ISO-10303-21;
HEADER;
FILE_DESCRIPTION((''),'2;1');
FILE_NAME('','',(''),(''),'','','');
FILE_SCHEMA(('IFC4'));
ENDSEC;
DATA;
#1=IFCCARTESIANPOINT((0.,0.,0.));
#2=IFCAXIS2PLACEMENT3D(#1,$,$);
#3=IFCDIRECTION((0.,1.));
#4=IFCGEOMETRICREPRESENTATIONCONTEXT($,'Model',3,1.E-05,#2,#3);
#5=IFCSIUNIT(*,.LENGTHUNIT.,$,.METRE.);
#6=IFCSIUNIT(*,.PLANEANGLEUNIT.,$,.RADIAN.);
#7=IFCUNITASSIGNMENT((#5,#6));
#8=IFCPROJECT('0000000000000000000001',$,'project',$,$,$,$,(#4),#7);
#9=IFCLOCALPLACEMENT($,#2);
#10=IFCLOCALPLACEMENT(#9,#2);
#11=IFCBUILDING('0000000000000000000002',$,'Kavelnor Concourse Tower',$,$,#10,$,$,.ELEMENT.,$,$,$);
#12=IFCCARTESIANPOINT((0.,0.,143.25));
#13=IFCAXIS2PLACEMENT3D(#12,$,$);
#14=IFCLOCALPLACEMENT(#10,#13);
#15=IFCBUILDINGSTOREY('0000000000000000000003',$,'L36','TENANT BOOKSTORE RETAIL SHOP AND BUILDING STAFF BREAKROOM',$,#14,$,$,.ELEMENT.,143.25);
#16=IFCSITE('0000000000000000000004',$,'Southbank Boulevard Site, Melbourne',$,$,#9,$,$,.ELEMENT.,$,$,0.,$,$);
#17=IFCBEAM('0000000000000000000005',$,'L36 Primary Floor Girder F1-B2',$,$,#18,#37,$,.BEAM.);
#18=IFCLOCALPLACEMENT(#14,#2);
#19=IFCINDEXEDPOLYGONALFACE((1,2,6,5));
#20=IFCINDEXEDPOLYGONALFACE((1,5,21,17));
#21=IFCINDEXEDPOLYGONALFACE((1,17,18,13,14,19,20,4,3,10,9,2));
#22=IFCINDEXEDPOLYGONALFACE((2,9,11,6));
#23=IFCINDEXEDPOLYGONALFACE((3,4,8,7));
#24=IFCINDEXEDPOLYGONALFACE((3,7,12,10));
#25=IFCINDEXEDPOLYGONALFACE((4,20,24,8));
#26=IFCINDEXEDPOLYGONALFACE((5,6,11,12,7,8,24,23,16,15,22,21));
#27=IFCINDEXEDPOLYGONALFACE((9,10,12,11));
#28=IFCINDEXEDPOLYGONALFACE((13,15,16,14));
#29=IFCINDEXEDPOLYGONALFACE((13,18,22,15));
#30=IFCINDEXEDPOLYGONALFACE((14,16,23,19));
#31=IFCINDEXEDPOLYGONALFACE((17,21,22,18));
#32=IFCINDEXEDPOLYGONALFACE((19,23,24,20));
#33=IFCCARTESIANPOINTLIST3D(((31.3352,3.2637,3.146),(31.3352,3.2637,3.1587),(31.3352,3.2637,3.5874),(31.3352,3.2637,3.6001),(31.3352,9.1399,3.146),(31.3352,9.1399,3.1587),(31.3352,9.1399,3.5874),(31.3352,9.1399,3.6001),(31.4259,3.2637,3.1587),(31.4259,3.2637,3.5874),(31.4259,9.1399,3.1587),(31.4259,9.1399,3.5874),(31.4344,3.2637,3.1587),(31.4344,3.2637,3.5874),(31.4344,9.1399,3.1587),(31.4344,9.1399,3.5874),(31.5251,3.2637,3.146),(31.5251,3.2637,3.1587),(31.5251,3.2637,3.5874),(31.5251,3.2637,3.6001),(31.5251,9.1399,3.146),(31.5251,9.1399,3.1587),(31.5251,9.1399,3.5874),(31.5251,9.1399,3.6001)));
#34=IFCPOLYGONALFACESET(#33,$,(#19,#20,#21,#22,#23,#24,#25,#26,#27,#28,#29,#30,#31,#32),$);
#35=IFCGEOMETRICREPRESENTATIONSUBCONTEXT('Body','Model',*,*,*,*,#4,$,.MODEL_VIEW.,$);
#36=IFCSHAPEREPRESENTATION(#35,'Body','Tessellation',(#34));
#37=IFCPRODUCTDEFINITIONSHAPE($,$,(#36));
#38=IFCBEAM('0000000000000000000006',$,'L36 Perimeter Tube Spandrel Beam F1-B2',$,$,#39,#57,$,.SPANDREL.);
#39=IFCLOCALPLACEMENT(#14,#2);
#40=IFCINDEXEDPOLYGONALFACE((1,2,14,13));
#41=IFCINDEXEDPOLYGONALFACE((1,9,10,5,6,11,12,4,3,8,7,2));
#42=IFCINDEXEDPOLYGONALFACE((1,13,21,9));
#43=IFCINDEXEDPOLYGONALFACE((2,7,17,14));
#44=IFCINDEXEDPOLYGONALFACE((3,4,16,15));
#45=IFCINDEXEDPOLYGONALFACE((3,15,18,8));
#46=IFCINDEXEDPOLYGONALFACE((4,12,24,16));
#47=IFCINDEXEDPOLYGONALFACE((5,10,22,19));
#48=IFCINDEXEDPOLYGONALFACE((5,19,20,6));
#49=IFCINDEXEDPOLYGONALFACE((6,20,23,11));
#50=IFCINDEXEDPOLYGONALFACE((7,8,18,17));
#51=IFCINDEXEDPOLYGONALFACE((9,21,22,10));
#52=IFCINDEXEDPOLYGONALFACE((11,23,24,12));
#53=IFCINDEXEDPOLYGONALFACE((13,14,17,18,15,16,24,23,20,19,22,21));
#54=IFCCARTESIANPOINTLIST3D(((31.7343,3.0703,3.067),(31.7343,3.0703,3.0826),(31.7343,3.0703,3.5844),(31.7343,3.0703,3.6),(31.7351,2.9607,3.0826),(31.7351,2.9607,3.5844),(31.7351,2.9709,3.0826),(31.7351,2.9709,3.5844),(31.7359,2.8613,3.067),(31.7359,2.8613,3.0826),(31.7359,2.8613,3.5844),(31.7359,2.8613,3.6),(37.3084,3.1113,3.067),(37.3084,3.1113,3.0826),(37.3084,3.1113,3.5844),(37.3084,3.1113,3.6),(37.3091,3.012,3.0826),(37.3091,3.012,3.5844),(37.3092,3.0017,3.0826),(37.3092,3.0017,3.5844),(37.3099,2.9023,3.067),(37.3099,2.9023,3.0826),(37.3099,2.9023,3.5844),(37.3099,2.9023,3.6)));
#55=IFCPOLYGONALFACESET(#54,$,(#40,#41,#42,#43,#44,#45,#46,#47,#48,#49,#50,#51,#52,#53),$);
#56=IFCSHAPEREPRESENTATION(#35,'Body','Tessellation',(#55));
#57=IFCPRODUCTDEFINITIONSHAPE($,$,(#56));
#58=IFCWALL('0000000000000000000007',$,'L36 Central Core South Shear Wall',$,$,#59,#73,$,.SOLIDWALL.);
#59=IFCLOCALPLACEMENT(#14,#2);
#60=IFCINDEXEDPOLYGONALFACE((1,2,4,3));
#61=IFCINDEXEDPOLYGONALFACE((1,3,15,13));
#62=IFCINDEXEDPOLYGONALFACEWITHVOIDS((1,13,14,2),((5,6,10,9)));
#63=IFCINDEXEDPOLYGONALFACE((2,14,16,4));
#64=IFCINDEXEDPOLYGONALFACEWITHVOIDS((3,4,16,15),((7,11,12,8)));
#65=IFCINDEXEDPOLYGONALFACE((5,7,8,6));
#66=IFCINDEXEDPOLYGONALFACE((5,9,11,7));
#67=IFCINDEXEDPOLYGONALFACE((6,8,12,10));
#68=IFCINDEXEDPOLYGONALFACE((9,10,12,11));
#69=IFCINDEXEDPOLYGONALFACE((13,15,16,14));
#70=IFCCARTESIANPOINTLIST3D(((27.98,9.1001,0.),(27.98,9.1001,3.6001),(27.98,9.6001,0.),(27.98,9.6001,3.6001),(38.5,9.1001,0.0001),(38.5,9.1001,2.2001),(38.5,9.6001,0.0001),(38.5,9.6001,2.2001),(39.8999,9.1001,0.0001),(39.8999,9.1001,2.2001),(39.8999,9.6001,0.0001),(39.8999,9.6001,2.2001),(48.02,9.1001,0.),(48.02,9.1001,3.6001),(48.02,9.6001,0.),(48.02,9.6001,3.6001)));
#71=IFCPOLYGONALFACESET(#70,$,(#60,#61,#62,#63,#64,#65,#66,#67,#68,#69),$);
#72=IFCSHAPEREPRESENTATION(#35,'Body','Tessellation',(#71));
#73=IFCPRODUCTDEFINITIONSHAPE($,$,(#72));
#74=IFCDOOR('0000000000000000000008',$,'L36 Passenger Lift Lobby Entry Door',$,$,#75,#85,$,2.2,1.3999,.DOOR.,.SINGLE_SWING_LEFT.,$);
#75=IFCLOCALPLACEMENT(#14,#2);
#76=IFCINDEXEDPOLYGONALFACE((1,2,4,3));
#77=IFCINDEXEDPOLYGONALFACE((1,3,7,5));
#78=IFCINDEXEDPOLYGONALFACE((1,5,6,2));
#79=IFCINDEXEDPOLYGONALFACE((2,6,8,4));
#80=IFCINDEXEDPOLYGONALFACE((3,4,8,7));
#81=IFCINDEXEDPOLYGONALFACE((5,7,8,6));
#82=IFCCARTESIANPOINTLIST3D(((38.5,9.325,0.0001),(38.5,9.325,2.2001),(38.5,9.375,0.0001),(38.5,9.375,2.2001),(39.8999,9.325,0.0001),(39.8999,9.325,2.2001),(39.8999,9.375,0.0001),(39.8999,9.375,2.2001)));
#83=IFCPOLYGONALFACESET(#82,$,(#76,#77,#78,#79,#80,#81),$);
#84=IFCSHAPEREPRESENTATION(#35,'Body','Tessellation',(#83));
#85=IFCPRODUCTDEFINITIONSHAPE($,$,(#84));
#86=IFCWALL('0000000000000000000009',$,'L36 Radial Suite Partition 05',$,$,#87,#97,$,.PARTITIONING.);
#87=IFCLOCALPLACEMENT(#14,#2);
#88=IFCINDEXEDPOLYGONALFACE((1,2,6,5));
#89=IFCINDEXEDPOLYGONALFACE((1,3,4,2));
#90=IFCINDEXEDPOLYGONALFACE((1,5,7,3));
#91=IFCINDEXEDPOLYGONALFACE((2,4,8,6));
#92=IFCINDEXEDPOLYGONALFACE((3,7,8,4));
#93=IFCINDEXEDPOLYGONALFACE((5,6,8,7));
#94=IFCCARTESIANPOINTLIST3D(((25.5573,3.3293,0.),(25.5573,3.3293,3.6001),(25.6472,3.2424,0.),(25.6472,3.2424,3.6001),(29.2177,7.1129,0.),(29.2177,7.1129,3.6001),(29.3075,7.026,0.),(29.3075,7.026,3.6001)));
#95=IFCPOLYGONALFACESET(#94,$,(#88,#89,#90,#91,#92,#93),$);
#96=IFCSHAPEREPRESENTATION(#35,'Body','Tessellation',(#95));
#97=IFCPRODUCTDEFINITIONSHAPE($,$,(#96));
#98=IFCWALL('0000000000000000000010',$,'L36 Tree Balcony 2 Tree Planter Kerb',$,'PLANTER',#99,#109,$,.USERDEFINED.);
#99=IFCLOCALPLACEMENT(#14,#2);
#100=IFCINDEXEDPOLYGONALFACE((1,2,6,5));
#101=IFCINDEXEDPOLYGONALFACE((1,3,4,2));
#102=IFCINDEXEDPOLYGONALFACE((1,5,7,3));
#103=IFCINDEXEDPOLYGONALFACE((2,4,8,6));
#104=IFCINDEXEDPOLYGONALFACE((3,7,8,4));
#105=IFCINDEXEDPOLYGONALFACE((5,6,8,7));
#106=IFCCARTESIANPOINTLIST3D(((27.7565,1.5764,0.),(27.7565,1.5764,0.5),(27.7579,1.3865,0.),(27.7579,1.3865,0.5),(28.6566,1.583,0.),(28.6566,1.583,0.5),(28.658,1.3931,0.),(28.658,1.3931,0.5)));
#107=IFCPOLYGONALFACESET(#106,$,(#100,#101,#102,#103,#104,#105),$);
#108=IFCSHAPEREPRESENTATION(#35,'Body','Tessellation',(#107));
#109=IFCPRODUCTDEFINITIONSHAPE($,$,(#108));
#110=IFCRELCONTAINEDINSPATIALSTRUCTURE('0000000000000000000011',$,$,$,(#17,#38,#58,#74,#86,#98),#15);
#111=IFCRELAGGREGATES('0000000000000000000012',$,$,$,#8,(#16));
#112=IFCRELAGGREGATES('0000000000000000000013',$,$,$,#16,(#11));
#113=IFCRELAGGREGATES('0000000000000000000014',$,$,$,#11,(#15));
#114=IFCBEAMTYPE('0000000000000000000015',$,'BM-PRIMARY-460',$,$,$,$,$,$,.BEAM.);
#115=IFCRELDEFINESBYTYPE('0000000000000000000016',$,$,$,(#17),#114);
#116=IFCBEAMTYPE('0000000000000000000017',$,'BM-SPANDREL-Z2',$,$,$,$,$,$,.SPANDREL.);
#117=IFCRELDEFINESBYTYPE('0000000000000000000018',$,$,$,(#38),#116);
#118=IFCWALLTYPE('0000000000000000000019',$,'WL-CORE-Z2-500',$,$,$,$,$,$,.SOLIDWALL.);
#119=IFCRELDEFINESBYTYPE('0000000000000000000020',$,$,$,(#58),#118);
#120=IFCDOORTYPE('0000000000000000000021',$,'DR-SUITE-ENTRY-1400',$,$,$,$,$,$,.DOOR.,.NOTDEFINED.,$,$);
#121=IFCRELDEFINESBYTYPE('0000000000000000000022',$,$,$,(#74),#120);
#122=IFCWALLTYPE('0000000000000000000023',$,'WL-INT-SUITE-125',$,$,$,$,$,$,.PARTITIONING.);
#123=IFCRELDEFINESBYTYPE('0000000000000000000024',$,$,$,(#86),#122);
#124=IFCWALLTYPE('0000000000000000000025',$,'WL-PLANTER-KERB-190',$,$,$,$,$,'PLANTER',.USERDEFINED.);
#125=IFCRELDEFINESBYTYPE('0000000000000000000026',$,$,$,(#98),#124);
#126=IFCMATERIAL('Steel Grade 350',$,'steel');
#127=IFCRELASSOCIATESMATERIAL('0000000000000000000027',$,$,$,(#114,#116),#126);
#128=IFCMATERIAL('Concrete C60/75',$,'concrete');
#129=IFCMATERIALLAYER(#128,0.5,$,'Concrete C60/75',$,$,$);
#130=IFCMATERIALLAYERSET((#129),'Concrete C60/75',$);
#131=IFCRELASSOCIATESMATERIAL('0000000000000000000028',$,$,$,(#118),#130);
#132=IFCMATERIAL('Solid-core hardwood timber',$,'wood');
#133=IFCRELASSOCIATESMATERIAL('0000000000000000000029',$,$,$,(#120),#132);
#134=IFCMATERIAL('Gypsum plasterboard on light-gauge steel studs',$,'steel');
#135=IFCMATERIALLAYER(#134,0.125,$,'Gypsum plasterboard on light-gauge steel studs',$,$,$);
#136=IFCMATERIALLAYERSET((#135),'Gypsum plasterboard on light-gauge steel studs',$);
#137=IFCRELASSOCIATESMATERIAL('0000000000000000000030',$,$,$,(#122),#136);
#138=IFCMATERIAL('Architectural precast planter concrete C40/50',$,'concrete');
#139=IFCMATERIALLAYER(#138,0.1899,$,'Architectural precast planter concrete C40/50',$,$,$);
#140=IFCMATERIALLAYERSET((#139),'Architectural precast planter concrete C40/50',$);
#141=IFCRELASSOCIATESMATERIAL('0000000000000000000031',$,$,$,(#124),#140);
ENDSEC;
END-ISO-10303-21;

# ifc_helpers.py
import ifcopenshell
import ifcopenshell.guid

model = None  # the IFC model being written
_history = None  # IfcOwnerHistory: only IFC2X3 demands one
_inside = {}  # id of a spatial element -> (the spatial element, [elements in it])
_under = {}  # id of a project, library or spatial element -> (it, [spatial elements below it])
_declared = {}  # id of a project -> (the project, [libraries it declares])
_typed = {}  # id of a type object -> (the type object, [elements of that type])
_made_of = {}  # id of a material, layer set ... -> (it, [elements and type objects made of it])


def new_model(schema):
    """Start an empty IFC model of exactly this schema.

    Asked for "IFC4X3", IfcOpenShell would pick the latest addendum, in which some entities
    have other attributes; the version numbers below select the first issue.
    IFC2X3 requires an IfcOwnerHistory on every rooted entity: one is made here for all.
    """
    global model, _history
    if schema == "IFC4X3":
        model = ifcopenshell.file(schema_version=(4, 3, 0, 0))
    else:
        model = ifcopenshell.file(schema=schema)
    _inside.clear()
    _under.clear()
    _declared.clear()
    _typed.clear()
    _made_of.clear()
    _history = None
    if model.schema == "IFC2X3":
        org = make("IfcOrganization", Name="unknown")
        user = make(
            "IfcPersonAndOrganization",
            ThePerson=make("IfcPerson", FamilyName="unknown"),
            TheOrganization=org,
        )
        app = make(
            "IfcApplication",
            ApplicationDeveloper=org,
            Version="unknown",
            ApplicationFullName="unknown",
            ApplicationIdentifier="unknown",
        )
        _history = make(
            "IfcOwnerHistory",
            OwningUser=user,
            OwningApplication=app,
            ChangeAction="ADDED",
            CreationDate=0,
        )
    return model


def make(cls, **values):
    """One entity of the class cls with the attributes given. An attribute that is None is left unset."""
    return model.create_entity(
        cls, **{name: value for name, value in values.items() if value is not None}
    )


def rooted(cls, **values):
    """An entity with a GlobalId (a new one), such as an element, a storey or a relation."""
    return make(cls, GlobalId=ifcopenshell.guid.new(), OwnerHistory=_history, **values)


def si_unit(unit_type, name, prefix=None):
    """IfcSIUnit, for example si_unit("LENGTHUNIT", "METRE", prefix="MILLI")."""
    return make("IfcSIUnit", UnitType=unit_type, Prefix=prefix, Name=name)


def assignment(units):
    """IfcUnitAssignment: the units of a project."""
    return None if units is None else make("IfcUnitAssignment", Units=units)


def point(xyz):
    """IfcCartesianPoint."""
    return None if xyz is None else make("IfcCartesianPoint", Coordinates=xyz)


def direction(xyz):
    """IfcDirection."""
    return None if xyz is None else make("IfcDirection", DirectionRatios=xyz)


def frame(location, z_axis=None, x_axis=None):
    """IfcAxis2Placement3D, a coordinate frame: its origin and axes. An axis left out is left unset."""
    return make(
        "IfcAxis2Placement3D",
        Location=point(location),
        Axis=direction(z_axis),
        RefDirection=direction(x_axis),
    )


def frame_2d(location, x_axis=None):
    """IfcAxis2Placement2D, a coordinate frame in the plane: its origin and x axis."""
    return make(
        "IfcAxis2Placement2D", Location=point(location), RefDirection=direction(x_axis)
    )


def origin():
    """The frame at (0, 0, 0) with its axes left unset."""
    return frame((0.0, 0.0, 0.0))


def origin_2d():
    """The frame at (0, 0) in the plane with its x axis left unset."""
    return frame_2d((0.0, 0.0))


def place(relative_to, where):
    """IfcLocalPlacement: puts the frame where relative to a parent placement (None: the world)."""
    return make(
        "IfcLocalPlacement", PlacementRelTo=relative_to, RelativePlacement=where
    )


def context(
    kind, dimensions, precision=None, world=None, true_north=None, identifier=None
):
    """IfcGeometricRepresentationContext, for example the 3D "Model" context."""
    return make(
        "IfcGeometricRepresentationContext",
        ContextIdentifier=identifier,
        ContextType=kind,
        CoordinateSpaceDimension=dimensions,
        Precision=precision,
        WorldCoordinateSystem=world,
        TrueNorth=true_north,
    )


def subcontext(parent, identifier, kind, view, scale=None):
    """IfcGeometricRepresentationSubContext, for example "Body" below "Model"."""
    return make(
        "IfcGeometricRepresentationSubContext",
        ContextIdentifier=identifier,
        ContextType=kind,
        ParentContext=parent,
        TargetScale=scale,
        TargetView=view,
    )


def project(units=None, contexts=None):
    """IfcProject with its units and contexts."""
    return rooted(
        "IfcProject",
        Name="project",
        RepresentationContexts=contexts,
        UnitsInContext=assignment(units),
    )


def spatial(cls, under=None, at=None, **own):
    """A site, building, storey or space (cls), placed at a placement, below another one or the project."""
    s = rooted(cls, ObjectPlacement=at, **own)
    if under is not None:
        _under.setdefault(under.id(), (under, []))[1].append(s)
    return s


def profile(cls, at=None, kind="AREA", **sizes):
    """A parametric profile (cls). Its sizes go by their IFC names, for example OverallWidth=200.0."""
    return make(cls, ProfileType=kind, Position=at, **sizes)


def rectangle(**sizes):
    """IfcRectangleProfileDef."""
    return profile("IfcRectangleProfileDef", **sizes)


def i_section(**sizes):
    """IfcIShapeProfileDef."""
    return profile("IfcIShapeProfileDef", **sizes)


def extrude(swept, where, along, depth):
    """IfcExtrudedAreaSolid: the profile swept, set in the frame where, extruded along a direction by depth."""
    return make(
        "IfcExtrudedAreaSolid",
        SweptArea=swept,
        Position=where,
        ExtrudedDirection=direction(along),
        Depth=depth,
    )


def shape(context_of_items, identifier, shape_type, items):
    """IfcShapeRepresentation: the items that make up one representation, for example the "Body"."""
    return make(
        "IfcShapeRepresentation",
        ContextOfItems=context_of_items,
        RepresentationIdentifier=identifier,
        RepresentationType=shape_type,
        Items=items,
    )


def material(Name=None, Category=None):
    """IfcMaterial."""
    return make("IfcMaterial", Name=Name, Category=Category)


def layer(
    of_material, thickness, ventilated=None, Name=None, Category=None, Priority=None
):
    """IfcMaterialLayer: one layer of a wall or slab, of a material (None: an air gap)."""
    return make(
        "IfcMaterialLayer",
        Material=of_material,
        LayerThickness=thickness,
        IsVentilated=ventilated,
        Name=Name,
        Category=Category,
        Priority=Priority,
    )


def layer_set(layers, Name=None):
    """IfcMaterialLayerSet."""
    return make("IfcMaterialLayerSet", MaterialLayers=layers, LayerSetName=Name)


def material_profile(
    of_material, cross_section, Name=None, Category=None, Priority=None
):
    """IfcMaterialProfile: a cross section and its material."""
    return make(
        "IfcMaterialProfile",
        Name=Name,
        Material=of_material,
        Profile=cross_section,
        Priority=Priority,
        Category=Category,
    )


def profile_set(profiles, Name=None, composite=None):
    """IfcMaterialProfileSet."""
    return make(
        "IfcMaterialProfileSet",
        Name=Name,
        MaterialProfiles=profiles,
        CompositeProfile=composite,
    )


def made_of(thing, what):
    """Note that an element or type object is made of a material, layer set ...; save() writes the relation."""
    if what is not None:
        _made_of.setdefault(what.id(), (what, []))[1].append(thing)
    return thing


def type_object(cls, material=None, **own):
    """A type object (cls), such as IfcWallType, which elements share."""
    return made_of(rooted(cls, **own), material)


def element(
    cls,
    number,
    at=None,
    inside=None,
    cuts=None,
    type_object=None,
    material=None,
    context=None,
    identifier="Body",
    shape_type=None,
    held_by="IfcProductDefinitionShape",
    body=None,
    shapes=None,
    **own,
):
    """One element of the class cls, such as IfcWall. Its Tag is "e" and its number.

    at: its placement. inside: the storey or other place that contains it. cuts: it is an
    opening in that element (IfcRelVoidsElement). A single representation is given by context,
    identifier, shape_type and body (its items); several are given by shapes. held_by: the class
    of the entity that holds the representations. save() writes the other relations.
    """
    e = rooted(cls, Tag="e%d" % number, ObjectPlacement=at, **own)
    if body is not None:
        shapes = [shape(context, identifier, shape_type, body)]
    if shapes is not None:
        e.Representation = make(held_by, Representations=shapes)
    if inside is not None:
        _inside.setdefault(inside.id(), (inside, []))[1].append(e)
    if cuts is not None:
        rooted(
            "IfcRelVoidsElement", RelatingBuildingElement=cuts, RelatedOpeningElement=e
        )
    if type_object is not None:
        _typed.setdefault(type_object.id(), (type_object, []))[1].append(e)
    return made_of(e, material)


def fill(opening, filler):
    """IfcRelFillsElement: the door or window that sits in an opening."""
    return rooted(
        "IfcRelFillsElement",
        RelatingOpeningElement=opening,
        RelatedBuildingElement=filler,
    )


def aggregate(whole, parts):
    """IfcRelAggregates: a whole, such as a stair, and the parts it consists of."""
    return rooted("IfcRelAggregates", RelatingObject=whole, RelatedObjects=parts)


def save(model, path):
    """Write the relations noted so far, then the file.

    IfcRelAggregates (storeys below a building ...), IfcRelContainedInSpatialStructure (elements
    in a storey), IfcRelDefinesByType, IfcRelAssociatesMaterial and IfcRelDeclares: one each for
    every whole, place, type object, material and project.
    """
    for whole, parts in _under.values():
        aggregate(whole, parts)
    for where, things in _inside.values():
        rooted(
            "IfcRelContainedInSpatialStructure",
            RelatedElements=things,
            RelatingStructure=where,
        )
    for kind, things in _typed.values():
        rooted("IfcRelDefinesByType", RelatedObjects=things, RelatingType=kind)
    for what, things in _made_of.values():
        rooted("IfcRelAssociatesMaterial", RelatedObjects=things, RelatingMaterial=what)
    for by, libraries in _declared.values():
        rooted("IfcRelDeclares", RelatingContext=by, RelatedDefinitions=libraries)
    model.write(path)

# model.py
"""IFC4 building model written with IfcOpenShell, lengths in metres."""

from ifc_helpers import new_model, si_unit, direction, frame, frame_2d, origin, origin_2d, place, context, subcontext, project, spatial, rectangle, i_section, extrude, material, layer, layer_set, material_profile, profile_set, type_object, element, fill, save


model = new_model("IFC4")

# Units and contexts
model_context = context("Model", 3, precision=1e-05, world=origin(), true_north=direction((0.0, 1.0)))
body_context = subcontext(model_context, "Body", "Model", "MODEL_VIEW")
ifc_project = project(units=[si_unit("LENGTHUNIT", "METRE"), si_unit("PLANEANGLEUNIT", "RADIAN")], contexts=[model_context])

# Site, building, storey
site_placement = place(None, origin())
site = spatial("IfcSite", under=ifc_project, at=site_placement, Name="Southbank Boulevard Site, Melbourne", CompositionType="ELEMENT", RefElevation=0.0)
building_placement = place(site_placement, origin())
building = spatial("IfcBuilding", under=site, at=building_placement, Name="Kavelnor Concourse Tower", CompositionType="ELEMENT")
storey_placement = place(building_placement, frame((0.0, 0.0, 143.25)))
storey = spatial("IfcBuildingStorey", under=building, at=storey_placement, Name="L36", Description="TENANT BOOKSTORE RETAIL SHOP AND BUILDING STAFF BREAKROOM", CompositionType="ELEMENT", Elevation=143.25)

# Shared definitions
ifc_material_1 = material(Name="Steel Grade 350", Category="steel")

# Beams
ifc_material_profile_1 = material_profile(ifc_material_1, i_section(OverallWidth=0.1899, OverallDepth=0.4541, WebThickness=0.0085, FlangeThickness=0.0127, at=origin_2d()), Name="460UB67")
ifc_profile_set_1 = profile_set([ifc_material_profile_1], Name="Steel Grade 350")
beam_type_1 = type_object("IfcBeamType", Name="BM-PRIMARY-460", PredefinedType="BEAM", material=ifc_profile_set_1)
beam_1_placement = place(storey_placement, frame((31.4302, 9.1399, 3.373), z_axis=(0.0, -1.0, 0.0), x_axis=(1.0, 0.0, 0.0)))
element("IfcBeam", 1, at=beam_1_placement, inside=storey, type_object=beam_type_1, Name="L36 Primary Floor Girder F1-B2", PredefinedType="BEAM", context=body_context, shape_type="SweptSolid", body=[
    extrude(i_section(OverallWidth=0.1899, OverallDepth=0.4541, WebThickness=0.0085, FlangeThickness=0.0127, at=origin_2d()), origin(), (0.0, 0.0, 1.0), 5.8762),
])
ifc_material_profile_2 = material_profile(ifc_material_1, i_section(OverallWidth=0.209, OverallDepth=0.533, WebThickness=0.0103, FlangeThickness=0.0156, at=origin_2d()), Name="530UB92")
ifc_profile_set_2 = profile_set([ifc_material_profile_2], Name="Steel Grade 350")
beam_type_2 = type_object("IfcBeamType", Name="BM-SPANDREL-Z2", PredefinedType="SPANDREL", material=ifc_profile_set_2)
beam_2_placement = place(storey_placement, frame((31.7351, 2.9658, 3.3335), z_axis=(0.999973, 0.007358, 0.0), x_axis=(-0.007358, 0.999973, 0.0)))
element("IfcBeam", 2, at=beam_2_placement, inside=storey, type_object=beam_type_2, Name="L36 Perimeter Tube Spandrel Beam F1-B2", PredefinedType="SPANDREL", context=body_context, shape_type="SweptSolid", body=[
    extrude(i_section(OverallWidth=0.209, OverallDepth=0.533, WebThickness=0.0103, FlangeThickness=0.0156, at=origin_2d()), origin(), (0.0, 0.0, 1.0), 5.5742),
])

# Wall, opening, door
ifc_material_2 = material(Name="Concrete C60/75", Category="concrete")
ifc_layer_1 = layer(ifc_material_2, 0.5, Name="Concrete C60/75")
ifc_layer_set_1 = layer_set([ifc_layer_1], Name="Concrete C60/75")
wall_type_1 = type_object("IfcWallType", Name="WL-CORE-Z2-500", PredefinedType="SOLIDWALL", material=ifc_layer_set_1)
wall_1_placement = place(storey_placement, frame((27.98, 9.3501, 0.0), z_axis=(0.0, 0.0, 1.0), x_axis=(1.0, 0.0, 0.0)))
wall_1 = element("IfcWall", 3, at=wall_1_placement, inside=storey, type_object=wall_type_1, Name="L36 Central Core South Shear Wall", PredefinedType="SOLIDWALL", context=body_context, shape_type="SweptSolid", body=[
    extrude(rectangle(XDim=20.04, YDim=0.5, at=frame_2d((10.02, 0.0))), origin(), (0.0, 0.0, 1.0), 3.6001),
])
opening_placement = place(wall_1_placement, frame((10.52, 0.0, 0.0)))
opening = element("IfcOpeningElement", 4, at=opening_placement, cuts=wall_1, PredefinedType="OPENING", context=body_context, shape_type="SweptSolid", body=[
    extrude(rectangle(XDim=1.3999, YDim=2.2, at=frame_2d((0.7, 1.1001))), frame((0.0, 0.26, 0.0), z_axis=(0.0, -1.0, 0.0), x_axis=(1.0, 0.0, 0.0)), (0.0, 0.0, 1.0), 0.52),
])
ifc_material_3 = material(Name="Solid-core hardwood timber", Category="wood")
door_type = type_object("IfcDoorType", Name="DR-SUITE-ENTRY-1400", OperationType="NOTDEFINED", PredefinedType="DOOR", material=ifc_material_3)
door_placement = place(opening_placement, origin())
door = element("IfcDoor", 5, at=door_placement, inside=storey, type_object=door_type, Name="L36 Passenger Lift Lobby Entry Door", OperationType="SINGLE_SWING_LEFT", OverallHeight=2.2, OverallWidth=1.3999, PredefinedType="DOOR", context=body_context, shape_type="SweptSolid", body=[
    extrude(rectangle(XDim=1.3999, YDim=2.2, at=frame_2d((0.7, 1.1001))), frame((0.0, 0.0249, 0.0), z_axis=(0.0, -1.0, 0.0), x_axis=(1.0, 0.0, 0.0)), (0.0, 0.0, 1.0), 0.05),
])
fill(opening, door)

# Walls
ifc_material_4 = material(Name="Gypsum plasterboard on light-gauge steel studs", Category="steel")
ifc_layer_2 = layer(ifc_material_4, 0.125, Name="Gypsum plasterboard on light-gauge steel studs")
ifc_layer_set_2 = layer_set([ifc_layer_2], Name="Gypsum plasterboard on light-gauge steel studs")
wall_type_2 = type_object("IfcWallType", Name="WL-INT-SUITE-125", PredefinedType="PARTITIONING", material=ifc_layer_set_2)
wall_2_placement = place(storey_placement, frame((29.2627, 7.0696, 0.0), z_axis=(0.0, 0.0, 1.0), x_axis=(-0.6953, -0.71872, 0.0)))
element("IfcWall", 6, at=wall_2_placement, inside=storey, type_object=wall_type_2, Name="L36 Radial Suite Partition 05", PredefinedType="PARTITIONING", context=body_context, shape_type="SweptSolid", body=[
    extrude(rectangle(XDim=5.2644, YDim=0.125, at=frame_2d((2.6323, 0.0))), origin(), (0.0, 0.0, 1.0), 3.6001),
])
ifc_material_5 = material(Name="Architectural precast planter concrete C40/50", Category="concrete")
ifc_layer_3 = layer(ifc_material_5, 0.1899, Name="Architectural precast planter concrete C40/50")
ifc_layer_set_3 = layer_set([ifc_layer_3], Name="Architectural precast planter concrete C40/50")
wall_type_3 = type_object("IfcWallType", Name="WL-PLANTER-KERB-190", ElementType="PLANTER", PredefinedType="USERDEFINED", material=ifc_layer_set_3)
wall_3_placement = place(storey_placement, frame((27.7571, 1.4814, 0.0), z_axis=(0.0, 0.0, 1.0), x_axis=(0.999973, 0.007323, 0.0)))
element("IfcWall", 7, at=wall_3_placement, inside=storey, type_object=wall_type_3, Name="L36 Tree Balcony 2 Tree Planter Kerb", ObjectType="PLANTER", PredefinedType="USERDEFINED", context=body_context, shape_type="SweptSolid", body=[
    extrude(rectangle(XDim=0.9001, YDim=0.1899, at=frame_2d((0.4502, 0.0))), origin(), (0.0, 0.0, 1.0), 0.5),
])

save(model, "model.ifc")
